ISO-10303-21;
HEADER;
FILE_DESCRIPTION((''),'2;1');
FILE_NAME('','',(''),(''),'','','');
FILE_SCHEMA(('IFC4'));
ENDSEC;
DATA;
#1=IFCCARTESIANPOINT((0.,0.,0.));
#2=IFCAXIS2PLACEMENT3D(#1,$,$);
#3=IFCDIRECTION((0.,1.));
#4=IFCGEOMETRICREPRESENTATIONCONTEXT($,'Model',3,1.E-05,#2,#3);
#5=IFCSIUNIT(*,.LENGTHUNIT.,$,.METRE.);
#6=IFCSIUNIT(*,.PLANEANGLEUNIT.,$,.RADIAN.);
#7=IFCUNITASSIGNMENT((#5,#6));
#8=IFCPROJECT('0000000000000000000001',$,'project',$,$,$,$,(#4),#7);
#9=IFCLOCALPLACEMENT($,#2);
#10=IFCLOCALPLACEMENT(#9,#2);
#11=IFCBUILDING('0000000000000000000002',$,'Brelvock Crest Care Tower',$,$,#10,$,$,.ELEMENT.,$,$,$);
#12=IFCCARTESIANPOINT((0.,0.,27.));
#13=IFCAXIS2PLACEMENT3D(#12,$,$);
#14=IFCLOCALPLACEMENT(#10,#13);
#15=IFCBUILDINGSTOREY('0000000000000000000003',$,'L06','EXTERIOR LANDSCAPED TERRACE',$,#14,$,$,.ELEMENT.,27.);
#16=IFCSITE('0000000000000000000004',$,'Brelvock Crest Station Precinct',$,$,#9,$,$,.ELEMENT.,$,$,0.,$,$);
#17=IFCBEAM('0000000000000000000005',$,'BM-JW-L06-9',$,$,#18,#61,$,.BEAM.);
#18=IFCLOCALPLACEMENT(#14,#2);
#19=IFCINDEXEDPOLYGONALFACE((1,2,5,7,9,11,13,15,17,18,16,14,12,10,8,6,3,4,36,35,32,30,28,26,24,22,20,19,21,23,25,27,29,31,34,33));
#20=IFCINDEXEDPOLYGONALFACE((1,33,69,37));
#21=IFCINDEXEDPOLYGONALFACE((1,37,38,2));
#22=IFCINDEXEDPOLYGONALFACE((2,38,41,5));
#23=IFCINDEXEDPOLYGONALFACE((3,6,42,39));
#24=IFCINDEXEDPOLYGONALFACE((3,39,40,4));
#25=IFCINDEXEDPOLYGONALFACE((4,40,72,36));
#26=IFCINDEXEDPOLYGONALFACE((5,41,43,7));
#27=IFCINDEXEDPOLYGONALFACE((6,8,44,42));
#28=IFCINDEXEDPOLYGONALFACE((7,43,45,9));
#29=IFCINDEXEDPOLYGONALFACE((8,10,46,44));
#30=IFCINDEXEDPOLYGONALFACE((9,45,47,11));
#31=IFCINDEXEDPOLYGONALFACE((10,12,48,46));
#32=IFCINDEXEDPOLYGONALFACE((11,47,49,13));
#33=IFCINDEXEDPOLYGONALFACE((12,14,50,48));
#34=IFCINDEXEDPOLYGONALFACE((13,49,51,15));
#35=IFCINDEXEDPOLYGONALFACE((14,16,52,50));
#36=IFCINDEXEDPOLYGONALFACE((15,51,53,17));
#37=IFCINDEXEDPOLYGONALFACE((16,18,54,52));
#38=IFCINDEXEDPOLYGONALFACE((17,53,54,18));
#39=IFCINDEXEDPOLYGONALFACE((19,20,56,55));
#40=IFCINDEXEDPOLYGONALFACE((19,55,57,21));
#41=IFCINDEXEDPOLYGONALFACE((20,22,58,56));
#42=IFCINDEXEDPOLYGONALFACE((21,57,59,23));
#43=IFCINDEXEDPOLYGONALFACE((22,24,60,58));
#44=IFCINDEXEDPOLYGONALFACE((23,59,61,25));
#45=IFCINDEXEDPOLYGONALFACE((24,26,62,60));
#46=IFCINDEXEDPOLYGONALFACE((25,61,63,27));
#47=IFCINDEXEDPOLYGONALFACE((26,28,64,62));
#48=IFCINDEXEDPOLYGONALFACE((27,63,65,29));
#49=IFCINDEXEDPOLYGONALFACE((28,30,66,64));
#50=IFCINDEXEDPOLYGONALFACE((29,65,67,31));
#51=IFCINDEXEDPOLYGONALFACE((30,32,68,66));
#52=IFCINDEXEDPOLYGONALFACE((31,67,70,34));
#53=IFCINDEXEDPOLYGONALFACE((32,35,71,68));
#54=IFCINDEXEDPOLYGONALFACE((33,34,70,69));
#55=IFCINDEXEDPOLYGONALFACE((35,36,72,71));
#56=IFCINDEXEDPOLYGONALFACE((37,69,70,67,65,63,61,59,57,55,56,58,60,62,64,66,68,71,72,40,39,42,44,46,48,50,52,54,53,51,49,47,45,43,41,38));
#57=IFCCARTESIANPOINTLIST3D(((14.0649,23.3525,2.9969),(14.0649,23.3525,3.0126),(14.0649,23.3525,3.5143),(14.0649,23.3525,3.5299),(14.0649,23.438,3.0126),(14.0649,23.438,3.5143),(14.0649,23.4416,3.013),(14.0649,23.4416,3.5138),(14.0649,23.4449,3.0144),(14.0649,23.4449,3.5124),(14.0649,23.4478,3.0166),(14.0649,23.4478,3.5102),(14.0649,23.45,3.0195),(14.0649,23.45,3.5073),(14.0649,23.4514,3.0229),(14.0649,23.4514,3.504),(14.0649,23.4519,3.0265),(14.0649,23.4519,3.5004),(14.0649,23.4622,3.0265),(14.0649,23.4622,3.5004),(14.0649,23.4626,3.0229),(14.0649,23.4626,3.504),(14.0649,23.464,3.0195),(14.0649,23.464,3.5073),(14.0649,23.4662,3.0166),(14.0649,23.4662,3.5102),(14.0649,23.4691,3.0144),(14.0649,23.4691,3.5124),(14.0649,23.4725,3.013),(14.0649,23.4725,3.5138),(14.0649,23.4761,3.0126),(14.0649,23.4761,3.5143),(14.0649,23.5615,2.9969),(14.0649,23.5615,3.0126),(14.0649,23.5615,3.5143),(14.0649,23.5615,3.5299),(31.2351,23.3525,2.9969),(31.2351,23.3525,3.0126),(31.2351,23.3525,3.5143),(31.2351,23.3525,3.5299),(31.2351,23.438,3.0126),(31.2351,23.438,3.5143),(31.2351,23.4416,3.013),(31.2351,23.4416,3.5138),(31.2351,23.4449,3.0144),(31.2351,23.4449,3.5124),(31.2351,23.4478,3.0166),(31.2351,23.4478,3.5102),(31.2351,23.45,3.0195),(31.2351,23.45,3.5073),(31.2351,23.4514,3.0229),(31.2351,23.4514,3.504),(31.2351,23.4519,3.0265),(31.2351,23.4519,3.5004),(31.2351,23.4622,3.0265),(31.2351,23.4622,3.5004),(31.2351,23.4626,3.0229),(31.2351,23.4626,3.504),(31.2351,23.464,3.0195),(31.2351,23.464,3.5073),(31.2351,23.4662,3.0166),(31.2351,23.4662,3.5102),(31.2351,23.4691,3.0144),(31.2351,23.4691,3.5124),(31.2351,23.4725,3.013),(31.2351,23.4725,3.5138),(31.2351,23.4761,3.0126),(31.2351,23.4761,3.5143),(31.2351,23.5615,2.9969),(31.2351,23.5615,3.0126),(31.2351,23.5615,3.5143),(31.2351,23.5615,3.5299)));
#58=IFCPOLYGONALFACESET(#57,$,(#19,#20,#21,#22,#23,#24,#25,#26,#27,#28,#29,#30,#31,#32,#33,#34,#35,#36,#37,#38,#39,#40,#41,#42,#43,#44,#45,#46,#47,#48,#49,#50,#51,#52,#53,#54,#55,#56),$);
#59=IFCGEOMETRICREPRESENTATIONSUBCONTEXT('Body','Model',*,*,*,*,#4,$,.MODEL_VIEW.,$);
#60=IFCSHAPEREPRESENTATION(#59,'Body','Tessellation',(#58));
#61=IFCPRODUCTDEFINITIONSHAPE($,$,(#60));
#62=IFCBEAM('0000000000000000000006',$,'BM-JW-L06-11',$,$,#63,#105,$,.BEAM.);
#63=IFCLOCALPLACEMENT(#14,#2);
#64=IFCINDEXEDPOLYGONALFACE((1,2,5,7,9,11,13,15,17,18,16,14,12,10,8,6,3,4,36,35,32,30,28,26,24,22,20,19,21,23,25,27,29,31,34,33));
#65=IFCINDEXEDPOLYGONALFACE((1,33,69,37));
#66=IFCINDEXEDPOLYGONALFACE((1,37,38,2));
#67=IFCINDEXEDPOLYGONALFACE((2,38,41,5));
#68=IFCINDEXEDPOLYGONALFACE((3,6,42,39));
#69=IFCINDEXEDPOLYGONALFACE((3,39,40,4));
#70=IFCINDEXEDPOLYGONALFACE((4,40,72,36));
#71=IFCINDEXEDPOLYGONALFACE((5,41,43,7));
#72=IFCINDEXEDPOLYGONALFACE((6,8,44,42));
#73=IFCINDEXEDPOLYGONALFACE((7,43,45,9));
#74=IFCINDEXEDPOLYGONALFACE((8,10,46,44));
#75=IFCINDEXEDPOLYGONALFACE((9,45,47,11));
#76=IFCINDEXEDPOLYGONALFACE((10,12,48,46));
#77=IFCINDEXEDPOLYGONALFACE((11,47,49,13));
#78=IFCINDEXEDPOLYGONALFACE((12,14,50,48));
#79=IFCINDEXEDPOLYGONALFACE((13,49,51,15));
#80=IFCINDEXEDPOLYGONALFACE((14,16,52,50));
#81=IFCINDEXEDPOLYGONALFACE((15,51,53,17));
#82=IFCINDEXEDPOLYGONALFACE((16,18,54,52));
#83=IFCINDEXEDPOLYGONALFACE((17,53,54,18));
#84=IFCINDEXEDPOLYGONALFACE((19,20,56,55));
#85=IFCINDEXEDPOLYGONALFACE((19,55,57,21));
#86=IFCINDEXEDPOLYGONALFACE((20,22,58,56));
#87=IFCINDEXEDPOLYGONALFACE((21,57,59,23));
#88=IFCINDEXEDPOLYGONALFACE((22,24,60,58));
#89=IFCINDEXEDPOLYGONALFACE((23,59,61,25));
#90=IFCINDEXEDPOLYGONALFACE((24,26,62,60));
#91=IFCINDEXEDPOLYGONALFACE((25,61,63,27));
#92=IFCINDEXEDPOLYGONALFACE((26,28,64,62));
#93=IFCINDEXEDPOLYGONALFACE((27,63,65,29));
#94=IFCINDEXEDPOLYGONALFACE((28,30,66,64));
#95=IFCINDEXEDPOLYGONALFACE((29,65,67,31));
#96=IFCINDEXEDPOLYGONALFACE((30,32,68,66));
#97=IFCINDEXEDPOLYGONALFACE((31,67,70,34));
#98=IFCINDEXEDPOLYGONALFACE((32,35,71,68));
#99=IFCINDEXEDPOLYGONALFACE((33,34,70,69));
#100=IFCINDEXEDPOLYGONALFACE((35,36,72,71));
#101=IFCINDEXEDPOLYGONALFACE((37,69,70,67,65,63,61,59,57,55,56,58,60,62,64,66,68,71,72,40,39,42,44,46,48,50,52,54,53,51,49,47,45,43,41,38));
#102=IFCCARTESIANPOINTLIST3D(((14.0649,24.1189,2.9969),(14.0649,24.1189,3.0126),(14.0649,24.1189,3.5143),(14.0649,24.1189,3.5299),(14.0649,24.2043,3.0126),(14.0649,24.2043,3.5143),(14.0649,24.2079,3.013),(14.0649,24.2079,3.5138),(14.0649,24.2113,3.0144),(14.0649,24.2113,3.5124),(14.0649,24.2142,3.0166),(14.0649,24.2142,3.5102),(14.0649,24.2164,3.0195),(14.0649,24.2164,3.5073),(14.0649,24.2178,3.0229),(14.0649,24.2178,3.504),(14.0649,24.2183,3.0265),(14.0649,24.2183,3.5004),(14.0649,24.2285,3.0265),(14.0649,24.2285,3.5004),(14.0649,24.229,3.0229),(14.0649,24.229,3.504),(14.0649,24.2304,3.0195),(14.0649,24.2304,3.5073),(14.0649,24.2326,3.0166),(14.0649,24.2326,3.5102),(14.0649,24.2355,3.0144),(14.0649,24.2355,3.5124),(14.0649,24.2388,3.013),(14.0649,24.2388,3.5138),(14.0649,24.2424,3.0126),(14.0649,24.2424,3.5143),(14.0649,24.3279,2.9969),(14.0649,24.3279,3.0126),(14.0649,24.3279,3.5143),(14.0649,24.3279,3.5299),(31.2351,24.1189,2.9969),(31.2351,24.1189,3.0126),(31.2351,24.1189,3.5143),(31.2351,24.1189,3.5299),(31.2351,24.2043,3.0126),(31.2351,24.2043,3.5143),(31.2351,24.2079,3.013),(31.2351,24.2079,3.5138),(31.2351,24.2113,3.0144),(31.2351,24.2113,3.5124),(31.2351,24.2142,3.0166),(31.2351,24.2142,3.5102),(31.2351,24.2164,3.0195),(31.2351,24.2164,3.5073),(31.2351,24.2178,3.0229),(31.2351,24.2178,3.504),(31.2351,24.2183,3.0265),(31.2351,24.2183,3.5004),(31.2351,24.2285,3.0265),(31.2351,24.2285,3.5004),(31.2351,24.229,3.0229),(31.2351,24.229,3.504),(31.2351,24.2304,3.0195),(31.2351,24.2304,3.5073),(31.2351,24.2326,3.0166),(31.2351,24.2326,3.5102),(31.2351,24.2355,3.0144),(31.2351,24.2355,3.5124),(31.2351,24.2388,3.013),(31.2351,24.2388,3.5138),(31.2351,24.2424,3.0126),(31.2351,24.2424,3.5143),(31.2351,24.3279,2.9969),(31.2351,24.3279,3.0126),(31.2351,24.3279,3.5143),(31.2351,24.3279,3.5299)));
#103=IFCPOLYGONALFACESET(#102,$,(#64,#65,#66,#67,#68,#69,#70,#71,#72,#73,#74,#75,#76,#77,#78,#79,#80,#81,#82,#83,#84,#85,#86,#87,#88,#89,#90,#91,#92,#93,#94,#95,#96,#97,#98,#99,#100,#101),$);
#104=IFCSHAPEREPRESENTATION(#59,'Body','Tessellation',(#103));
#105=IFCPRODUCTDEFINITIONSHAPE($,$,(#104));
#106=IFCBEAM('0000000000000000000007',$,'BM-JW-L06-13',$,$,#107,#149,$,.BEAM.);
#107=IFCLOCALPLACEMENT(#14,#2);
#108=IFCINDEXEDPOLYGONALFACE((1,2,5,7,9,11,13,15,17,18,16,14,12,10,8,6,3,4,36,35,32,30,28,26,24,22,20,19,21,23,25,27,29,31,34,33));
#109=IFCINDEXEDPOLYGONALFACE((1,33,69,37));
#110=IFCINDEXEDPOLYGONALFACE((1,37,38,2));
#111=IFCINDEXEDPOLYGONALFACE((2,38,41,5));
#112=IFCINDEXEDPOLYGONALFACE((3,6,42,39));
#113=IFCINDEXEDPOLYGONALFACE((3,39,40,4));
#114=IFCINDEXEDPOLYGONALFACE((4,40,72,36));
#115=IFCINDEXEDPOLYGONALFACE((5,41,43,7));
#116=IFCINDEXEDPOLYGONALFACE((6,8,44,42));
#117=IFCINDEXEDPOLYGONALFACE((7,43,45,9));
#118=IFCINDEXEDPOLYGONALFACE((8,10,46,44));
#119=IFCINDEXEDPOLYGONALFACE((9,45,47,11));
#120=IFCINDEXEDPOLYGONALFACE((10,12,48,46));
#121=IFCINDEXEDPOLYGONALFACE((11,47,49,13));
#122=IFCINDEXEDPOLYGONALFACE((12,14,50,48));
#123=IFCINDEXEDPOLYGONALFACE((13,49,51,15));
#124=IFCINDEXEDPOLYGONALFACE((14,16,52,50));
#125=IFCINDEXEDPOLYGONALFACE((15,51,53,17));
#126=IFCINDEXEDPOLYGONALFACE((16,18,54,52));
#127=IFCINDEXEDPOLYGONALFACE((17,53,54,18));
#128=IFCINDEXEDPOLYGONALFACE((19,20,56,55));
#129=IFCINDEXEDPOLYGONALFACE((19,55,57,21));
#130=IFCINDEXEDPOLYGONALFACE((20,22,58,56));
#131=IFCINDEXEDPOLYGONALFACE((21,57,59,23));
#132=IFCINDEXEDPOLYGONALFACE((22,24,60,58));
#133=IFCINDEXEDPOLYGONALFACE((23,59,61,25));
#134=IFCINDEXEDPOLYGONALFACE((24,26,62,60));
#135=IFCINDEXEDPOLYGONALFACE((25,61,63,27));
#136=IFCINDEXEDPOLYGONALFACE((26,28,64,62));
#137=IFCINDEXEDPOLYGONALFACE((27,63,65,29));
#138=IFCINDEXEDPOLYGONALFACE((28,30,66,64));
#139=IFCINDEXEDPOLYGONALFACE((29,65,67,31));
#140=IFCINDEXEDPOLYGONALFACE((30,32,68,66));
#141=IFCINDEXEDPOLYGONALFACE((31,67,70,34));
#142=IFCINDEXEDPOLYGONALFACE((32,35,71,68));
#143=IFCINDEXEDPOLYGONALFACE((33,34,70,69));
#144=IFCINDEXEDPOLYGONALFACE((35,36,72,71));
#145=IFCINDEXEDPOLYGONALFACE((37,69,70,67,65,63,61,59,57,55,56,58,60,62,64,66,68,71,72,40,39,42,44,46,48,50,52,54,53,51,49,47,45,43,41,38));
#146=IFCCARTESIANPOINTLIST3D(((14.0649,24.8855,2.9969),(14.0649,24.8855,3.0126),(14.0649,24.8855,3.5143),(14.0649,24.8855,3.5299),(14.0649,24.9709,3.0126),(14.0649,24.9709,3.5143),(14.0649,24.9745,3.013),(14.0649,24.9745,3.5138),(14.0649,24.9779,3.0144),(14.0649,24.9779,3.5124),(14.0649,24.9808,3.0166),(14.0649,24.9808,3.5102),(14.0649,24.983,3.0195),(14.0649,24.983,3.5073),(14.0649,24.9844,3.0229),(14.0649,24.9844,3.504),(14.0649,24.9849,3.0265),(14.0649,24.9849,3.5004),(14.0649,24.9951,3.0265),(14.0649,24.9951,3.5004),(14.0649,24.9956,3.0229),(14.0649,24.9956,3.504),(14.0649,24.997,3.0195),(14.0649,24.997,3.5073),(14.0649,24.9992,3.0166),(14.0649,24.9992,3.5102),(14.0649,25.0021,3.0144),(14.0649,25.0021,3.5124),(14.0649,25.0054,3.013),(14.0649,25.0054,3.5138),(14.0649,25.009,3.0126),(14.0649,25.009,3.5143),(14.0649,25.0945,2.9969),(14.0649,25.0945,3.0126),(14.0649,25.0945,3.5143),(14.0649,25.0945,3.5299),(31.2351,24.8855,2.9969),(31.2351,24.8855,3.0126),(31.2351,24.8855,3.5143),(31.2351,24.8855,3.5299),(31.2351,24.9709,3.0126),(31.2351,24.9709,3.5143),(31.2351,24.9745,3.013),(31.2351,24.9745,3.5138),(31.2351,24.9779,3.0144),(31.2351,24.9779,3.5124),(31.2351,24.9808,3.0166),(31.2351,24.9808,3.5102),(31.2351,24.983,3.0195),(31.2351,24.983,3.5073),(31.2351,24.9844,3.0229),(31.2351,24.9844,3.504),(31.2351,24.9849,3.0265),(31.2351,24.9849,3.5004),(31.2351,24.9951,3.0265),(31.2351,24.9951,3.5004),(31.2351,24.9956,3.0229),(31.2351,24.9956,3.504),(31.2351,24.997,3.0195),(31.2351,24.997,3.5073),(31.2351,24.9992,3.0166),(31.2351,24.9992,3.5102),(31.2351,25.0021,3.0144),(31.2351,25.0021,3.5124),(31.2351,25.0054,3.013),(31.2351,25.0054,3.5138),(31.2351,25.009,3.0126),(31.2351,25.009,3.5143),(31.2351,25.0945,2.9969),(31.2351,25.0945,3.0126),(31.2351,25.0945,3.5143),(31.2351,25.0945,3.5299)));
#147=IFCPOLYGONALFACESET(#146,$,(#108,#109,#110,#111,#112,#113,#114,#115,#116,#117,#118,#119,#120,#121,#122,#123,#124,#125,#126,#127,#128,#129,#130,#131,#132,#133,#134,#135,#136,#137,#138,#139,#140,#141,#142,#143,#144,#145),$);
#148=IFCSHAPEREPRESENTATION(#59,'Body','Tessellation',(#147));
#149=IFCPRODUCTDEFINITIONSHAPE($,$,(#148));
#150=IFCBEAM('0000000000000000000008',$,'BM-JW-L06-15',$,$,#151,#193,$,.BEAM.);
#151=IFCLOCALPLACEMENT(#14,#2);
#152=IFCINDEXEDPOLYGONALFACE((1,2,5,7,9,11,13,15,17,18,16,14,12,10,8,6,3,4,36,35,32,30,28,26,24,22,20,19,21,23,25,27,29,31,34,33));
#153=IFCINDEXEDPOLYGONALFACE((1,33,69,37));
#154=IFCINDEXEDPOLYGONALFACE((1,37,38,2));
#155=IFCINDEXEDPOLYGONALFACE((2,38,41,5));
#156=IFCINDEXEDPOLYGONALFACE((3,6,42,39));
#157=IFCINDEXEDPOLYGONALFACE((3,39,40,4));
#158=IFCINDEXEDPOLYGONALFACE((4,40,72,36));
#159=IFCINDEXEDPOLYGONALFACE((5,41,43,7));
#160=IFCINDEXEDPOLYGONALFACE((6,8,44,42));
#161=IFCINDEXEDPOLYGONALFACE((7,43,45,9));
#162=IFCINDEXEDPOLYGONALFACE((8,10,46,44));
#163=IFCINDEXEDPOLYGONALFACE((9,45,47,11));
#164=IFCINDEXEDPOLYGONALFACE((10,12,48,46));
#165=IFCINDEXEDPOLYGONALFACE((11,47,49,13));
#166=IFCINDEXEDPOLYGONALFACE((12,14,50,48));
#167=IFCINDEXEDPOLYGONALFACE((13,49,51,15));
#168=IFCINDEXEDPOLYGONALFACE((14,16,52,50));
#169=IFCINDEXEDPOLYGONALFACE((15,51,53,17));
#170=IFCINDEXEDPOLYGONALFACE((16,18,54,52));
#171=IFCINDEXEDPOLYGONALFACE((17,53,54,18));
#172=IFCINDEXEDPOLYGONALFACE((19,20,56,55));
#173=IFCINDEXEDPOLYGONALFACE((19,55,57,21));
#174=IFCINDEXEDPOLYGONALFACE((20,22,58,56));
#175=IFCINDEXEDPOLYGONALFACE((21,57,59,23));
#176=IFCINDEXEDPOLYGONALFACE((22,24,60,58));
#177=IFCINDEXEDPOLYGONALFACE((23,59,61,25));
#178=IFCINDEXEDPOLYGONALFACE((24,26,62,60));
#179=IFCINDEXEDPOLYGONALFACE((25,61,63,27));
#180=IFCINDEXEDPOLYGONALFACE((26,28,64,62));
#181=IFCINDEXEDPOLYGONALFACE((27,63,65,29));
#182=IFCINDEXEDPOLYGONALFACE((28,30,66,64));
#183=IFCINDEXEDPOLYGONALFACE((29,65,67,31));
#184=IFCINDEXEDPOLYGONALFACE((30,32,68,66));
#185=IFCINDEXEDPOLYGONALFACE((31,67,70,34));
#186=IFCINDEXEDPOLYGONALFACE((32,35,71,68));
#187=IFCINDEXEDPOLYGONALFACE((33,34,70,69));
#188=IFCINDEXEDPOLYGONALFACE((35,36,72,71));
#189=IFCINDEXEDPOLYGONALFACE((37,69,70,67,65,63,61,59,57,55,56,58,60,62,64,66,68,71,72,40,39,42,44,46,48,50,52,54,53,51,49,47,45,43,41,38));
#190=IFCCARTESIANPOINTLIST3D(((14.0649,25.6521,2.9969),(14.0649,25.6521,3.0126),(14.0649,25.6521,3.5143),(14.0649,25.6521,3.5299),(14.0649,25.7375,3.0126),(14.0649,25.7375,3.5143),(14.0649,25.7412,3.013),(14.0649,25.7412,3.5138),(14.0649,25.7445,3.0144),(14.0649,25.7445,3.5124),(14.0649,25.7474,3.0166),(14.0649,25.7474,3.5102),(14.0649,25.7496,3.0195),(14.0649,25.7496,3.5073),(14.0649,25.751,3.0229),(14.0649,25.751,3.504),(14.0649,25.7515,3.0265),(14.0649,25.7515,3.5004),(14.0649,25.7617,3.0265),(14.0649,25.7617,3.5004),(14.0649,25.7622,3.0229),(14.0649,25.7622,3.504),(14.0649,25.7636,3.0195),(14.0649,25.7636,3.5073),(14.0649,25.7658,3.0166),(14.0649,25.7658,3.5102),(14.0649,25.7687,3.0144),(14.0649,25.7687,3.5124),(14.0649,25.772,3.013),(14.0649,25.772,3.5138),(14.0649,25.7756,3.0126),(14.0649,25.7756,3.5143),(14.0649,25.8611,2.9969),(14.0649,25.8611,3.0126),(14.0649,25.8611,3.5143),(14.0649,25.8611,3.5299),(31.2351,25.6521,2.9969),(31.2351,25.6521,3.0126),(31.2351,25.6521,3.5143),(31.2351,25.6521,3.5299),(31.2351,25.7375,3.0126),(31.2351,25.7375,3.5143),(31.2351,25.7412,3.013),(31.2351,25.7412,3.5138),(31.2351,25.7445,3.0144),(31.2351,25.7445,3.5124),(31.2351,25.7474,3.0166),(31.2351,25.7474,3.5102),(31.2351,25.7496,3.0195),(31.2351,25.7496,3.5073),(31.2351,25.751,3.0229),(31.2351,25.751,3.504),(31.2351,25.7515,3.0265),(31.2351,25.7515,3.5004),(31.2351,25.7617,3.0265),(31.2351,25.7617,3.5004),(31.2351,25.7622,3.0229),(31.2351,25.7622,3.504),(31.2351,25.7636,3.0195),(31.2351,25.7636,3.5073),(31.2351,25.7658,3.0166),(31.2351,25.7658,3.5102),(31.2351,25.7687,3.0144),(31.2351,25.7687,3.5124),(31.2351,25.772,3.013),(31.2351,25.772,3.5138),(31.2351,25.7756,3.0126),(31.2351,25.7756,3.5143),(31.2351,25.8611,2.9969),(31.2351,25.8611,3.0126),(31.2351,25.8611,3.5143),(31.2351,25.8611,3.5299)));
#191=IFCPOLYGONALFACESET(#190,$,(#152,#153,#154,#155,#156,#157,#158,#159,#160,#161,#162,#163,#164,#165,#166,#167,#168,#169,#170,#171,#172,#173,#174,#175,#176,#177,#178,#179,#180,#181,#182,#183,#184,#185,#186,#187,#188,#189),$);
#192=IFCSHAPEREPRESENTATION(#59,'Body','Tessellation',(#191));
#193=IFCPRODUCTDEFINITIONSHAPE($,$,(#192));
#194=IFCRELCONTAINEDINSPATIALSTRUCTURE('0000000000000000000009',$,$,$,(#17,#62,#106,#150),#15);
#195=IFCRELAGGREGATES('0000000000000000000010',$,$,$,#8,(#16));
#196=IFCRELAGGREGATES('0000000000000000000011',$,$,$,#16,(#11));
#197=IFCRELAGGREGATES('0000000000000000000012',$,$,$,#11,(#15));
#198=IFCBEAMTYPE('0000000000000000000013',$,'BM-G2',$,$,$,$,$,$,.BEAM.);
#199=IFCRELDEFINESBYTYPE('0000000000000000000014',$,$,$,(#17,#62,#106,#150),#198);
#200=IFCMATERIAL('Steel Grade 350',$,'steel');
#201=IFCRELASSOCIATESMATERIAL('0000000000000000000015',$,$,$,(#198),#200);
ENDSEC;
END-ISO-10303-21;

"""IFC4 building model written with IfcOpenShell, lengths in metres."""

from ifc_helpers import new_model, si_unit, direction, frame, origin, origin_2d, place, context, subcontext, project, spatial, i_section, extrude, source, transform, mapped, material, material_profile, profile_set, type_object, element, save


model = new_model("IFC4")

# Units and contexts
model_context = context("Model", 3, precision=1e-05, world=origin(), true_north=direction((0.0, 1.0)))
body_context = subcontext(model_context, "Body", "Model", "MODEL_VIEW")
ifc_project = project(units=[si_unit("LENGTHUNIT", "METRE"), si_unit("PLANEANGLEUNIT", "RADIAN")], contexts=[model_context])

# Site, building, storey
site_placement = place(None, origin())
site = spatial("IfcSite", under=ifc_project, at=site_placement, Name="Brelvock Crest Station Precinct", CompositionType="ELEMENT", RefElevation=0.0)
building_placement = place(site_placement, origin())
building = spatial("IfcBuilding", under=site, at=building_placement, Name="Brelvock Crest Care Tower", CompositionType="ELEMENT")
storey_placement = place(building_placement, frame((0.0, 0.0, 27.0)))
storey = spatial("IfcBuildingStorey", under=building, at=storey_placement, Name="L06", Description="EXTERIOR LANDSCAPED TERRACE", CompositionType="ELEMENT", Elevation=27.0)

# Beams
ifc_material_1 = material(Name="Steel Grade 350", Category="steel")
ifc_material_profile_1 = material_profile(ifc_material_1, i_section(OverallWidth=0.209, OverallDepth=0.533, WebThickness=0.0103, FlangeThickness=0.0156, FilletRadius=0.0139, at=origin_2d()), Name="530UB92.4")
ifc_profile_set_1 = profile_set([ifc_material_profile_1], Name="Steel Grade 350")
beam_type_1 = type_object("IfcBeamType", Name="BM-G2", PredefinedType="BEAM", material=ifc_profile_set_1)
shared_shape_1 = source(origin(), body_context, "Body", "SweptSolid", [
    extrude(i_section(OverallWidth=0.209, OverallDepth=0.533, WebThickness=0.0103, FlangeThickness=0.0156, FilletRadius=0.0139, at=origin_2d()), origin(), (0.0, 0.0, 1.0), 17.1702),
])
for number, where, z_axis, x_axis, name in (
    (1, (14.0649, 23.457, 3.2634), (1.0, 0.0, 0.0), (0.0, 1.0, 0.0), "BM-JW-L06-9"),
    (2, (14.0649, 24.2234, 3.2634), (1.0, 0.0, 0.0), (0.0, 1.0, 0.0), "BM-JW-L06-11"),
    (3, (14.0649, 24.99, 3.2634), (1.0, 0.0, 0.0), (0.0, 1.0, 0.0), "BM-JW-L06-13"),
    (4, (14.0649, 25.7566, 3.2634), (1.0, 0.0, 0.0), (0.0, 1.0, 0.0), "BM-JW-L06-15"),
):
    element("IfcBeam", number, at=place(storey_placement, frame(where, z_axis=z_axis, x_axis=x_axis)), inside=storey, type_object=beam_type_1, Name=name, PredefinedType="BEAM", context=body_context, shape_type="MappedRepresentation", body=[
        mapped(shared_shape_1, transform((0.0, 0.0, 0.0), x_axis=(1.0, 0.0, 0.0), y_axis=(0.0, 1.0, 0.0), z_axis=(0.0, 0.0, 1.0), scale=1.0)),
    ])

save(model, "model.ifc")
